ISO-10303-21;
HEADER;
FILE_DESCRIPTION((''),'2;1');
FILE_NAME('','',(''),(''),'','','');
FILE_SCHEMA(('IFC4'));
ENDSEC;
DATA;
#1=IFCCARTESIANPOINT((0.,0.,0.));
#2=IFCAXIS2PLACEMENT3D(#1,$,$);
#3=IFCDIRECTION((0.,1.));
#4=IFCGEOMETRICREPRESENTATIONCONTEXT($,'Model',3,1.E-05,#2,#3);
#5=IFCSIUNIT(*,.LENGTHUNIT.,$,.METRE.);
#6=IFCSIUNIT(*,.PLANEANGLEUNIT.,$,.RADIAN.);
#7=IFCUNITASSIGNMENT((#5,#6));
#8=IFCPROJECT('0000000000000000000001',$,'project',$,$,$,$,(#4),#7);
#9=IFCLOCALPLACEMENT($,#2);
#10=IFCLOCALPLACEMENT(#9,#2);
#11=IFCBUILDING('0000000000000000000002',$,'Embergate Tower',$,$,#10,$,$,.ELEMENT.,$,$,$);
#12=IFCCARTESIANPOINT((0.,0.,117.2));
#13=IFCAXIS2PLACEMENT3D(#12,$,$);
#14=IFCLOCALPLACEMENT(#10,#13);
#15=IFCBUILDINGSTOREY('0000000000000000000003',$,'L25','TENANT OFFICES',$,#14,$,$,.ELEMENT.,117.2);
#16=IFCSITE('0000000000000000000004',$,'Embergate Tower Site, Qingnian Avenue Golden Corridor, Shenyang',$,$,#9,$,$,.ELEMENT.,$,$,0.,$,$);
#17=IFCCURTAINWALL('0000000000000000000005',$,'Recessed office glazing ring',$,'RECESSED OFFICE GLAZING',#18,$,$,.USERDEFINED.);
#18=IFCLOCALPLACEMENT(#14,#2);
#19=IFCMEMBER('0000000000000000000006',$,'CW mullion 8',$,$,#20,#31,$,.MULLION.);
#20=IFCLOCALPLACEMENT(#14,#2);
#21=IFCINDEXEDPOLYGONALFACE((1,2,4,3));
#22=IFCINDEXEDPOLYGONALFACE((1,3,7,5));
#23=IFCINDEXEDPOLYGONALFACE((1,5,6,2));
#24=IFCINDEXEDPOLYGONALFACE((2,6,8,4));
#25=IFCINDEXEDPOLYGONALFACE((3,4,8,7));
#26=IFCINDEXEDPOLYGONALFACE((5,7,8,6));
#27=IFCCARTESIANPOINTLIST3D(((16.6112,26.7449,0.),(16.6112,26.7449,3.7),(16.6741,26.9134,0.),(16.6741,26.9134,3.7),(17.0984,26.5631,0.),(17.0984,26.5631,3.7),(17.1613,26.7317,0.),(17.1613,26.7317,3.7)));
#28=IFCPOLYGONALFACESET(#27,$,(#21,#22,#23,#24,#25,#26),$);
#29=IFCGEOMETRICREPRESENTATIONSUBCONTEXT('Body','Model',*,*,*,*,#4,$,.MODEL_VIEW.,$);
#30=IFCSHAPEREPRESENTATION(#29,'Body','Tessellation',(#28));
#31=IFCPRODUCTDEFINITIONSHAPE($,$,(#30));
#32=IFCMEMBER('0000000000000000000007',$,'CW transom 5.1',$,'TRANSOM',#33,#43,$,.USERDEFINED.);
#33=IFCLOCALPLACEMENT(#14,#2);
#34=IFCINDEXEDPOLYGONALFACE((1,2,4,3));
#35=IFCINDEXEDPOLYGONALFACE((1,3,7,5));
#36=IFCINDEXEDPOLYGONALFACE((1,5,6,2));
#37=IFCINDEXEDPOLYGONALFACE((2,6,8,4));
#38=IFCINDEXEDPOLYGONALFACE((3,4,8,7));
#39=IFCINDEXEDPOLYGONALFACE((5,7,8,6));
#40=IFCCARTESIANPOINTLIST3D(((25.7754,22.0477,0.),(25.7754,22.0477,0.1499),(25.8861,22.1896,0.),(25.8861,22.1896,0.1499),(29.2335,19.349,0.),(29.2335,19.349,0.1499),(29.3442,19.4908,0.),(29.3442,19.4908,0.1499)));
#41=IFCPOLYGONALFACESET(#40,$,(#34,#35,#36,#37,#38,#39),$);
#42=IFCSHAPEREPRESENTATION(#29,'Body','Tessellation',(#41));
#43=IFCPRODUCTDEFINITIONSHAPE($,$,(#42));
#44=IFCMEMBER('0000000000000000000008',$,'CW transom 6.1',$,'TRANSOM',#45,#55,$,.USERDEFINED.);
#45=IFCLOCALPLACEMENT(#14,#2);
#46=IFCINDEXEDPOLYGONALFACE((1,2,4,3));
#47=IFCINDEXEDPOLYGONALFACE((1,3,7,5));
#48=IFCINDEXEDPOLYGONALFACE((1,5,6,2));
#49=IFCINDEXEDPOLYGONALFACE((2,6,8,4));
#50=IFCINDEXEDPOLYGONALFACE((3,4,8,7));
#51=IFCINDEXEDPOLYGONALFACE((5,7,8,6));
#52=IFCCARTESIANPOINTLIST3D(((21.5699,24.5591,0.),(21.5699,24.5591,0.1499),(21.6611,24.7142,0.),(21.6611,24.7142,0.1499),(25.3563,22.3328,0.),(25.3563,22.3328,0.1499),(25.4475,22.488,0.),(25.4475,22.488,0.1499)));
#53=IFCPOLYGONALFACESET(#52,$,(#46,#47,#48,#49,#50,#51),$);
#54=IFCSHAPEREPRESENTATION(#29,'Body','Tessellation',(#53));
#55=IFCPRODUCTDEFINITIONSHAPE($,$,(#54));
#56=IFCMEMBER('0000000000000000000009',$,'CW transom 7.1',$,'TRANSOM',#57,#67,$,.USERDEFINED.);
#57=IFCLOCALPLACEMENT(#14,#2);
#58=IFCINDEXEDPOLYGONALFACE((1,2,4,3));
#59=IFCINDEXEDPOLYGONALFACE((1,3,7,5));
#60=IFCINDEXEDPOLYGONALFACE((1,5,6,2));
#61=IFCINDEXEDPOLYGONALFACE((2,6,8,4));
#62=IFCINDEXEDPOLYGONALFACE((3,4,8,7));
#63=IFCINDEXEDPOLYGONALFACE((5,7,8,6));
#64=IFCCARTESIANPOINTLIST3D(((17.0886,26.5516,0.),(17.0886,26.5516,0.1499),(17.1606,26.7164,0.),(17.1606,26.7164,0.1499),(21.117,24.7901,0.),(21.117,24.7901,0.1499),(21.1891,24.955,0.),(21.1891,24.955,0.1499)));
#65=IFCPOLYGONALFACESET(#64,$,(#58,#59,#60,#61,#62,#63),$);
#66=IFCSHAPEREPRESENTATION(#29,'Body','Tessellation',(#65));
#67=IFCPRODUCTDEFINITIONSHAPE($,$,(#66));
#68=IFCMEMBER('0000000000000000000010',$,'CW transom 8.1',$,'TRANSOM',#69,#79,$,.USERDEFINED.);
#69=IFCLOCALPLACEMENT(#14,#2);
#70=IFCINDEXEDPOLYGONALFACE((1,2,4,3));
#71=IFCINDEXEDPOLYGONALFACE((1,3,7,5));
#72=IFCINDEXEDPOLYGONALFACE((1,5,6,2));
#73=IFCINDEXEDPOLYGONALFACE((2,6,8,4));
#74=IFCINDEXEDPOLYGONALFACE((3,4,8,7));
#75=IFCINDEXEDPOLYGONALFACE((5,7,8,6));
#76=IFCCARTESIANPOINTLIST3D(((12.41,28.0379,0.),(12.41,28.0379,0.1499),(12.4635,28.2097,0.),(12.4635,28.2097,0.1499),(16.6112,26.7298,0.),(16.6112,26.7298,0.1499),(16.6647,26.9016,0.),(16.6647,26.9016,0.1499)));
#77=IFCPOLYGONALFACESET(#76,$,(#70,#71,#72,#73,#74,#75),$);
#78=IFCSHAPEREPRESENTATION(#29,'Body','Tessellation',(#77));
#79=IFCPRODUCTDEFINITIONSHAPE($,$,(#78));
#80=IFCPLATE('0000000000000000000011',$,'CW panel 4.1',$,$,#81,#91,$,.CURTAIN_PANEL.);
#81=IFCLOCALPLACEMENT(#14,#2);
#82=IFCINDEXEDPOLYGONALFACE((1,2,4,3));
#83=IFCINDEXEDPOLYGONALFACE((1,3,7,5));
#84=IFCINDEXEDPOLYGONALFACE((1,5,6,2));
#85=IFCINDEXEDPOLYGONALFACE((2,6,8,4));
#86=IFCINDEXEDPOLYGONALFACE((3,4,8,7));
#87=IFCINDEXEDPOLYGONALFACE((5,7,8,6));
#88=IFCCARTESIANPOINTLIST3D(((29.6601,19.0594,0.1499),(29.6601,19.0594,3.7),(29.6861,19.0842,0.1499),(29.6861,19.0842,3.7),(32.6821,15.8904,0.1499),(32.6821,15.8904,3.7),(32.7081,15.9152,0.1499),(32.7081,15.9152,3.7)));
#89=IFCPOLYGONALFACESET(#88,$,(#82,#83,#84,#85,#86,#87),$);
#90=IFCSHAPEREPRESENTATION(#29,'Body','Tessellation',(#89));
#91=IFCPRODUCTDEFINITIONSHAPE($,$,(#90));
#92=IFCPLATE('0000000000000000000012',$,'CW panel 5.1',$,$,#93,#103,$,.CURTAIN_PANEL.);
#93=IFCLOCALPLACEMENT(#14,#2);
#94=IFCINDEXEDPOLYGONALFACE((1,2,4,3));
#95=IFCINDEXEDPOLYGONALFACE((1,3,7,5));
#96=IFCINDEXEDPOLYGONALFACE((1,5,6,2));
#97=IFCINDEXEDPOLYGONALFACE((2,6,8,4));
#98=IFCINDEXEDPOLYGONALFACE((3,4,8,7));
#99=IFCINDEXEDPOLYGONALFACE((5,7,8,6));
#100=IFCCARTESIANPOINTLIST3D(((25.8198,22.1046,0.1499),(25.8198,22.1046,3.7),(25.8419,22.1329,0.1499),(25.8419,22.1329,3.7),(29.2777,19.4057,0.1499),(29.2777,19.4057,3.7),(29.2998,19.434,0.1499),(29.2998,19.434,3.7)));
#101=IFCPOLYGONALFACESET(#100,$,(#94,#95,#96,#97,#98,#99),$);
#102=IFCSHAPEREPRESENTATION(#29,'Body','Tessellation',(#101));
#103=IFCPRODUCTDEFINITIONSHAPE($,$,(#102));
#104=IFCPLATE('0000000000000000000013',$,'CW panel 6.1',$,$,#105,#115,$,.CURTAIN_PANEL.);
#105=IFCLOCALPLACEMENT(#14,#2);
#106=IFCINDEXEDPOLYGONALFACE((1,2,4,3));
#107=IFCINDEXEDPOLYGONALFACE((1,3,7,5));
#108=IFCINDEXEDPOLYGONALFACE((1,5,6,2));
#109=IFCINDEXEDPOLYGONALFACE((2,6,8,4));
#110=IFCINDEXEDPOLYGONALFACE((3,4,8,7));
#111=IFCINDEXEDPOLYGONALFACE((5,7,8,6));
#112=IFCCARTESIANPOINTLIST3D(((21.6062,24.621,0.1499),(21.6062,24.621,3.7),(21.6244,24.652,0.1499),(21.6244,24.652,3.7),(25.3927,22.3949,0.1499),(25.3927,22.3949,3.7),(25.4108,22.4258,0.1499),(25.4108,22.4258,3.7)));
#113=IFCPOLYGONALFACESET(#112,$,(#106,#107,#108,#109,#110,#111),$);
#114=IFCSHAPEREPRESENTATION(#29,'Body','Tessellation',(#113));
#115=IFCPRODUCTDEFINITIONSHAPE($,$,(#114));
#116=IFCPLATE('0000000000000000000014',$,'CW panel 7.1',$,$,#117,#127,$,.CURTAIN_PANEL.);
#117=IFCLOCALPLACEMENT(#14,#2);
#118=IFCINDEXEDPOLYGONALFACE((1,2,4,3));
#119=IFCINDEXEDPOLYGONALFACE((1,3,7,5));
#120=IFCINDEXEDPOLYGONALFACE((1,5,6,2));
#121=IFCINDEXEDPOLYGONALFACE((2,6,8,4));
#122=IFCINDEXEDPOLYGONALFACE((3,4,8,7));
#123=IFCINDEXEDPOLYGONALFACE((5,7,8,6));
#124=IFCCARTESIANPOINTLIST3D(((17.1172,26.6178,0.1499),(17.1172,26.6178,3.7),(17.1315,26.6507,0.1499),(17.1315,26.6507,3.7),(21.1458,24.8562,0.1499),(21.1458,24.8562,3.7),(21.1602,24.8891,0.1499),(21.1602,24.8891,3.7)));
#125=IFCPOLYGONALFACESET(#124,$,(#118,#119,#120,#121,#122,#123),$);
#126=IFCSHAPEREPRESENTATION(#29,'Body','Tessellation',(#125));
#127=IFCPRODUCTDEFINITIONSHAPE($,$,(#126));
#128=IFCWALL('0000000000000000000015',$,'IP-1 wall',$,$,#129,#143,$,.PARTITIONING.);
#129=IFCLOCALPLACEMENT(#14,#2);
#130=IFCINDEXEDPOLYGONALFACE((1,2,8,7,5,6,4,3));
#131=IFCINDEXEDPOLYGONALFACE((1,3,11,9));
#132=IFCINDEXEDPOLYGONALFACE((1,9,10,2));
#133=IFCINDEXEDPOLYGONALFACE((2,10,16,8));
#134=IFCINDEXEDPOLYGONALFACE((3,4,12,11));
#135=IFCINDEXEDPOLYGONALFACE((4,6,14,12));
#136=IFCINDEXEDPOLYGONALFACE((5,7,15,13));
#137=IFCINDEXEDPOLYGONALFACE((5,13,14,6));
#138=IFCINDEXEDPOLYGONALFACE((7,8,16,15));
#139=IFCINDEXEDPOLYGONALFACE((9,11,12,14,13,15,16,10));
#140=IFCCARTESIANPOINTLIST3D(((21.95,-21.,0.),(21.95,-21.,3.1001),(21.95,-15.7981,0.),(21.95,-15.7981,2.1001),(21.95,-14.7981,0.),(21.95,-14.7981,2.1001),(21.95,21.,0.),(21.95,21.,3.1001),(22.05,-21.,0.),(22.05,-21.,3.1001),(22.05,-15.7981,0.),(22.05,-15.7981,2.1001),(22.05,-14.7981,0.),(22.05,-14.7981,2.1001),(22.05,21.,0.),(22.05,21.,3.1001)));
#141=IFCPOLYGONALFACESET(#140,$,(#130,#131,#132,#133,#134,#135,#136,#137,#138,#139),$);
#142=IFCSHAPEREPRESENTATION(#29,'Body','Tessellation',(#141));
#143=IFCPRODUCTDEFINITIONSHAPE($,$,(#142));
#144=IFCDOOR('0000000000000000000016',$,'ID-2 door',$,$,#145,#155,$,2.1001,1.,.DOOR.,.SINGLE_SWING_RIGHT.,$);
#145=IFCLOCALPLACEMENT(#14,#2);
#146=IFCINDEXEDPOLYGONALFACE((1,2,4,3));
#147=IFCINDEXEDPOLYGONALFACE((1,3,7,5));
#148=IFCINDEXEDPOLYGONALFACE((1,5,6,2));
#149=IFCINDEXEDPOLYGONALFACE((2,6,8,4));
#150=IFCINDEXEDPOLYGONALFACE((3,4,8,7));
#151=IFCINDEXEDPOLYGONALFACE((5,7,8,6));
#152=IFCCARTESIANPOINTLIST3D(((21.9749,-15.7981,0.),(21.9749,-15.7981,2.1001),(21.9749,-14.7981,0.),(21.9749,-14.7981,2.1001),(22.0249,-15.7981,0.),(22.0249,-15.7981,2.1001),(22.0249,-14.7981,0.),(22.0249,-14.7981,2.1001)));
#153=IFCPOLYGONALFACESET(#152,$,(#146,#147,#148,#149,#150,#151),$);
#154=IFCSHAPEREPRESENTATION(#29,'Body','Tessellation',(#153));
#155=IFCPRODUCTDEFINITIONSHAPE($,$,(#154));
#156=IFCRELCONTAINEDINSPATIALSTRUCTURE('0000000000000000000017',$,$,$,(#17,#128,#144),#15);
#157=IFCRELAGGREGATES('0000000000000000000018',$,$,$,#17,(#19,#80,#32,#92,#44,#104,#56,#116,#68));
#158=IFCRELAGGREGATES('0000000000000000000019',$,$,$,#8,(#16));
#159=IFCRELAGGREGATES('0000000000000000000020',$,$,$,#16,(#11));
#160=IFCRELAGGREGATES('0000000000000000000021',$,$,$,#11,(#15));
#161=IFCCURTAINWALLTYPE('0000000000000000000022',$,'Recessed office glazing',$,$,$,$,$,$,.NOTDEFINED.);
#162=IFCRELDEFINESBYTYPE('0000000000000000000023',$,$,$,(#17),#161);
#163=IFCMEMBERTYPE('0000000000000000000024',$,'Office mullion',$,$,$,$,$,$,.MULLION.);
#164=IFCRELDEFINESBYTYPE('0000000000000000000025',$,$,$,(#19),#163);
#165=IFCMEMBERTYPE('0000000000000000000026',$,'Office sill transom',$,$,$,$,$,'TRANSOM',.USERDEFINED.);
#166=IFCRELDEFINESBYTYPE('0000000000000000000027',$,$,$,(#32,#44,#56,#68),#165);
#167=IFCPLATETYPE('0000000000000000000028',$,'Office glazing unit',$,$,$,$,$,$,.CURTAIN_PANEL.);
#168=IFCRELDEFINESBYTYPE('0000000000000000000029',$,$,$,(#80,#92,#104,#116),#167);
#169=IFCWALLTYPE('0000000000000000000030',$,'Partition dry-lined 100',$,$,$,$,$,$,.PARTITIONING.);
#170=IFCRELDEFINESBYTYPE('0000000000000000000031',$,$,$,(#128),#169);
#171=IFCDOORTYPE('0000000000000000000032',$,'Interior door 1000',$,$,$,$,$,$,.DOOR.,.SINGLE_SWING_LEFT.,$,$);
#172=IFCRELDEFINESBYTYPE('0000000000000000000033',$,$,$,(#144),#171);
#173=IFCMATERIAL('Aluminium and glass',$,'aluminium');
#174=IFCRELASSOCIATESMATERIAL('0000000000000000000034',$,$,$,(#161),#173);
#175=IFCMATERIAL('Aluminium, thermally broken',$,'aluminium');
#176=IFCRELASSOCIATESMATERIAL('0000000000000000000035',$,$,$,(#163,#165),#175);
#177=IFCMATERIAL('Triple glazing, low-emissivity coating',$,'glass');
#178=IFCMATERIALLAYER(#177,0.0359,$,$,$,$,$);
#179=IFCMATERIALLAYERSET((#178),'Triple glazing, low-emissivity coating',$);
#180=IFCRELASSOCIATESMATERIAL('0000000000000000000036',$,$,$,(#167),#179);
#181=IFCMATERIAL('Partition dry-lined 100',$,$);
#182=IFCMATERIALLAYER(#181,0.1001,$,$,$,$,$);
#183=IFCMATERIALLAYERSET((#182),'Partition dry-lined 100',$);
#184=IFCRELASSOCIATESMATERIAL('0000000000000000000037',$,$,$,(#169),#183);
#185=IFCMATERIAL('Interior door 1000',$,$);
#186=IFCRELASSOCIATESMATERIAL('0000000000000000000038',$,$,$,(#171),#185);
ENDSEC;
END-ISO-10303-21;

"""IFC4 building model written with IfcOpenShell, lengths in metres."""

from ifc_helpers import new_model, si_unit, direction, frame, frame_2d, origin, origin_2d, place, context, subcontext, project, spatial, rectangle, extrude, source, transform, mapped, material, layer, layer_set, material_profile, profile_set, type_object, element, fill, aggregate, save


model = new_model("IFC4")

# Units and contexts
model_context = context("Model", 3, precision=1e-05, world=origin(), true_north=direction((0.0, 1.0)))
body_context = subcontext(model_context, "Body", "Model", "MODEL_VIEW")
ifc_project = project(units=[si_unit("LENGTHUNIT", "METRE"), si_unit("PLANEANGLEUNIT", "RADIAN")], contexts=[model_context])

# Site, building, storey
site_placement = place(None, origin())
site = spatial("IfcSite", under=ifc_project, at=site_placement, Name="Embergate Tower Site, Qingnian Avenue Golden Corridor, Shenyang", CompositionType="ELEMENT", RefElevation=0.0)
building_placement = place(site_placement, origin())
building = spatial("IfcBuilding", under=site, at=building_placement, Name="Embergate Tower", CompositionType="ELEMENT")
storey_placement = place(building_placement, frame((0.0, 0.0, 117.2)))
storey = spatial("IfcBuildingStorey", under=building, at=storey_placement, Name="L25", Description="TENANT OFFICES", CompositionType="ELEMENT", Elevation=117.2)

# Curtain wall, members, plates
ifc_material_1 = material(Name="Aluminium and glass", Category="aluminium")
curtain_wall_type = type_object("IfcCurtainWallType", Name="Recessed office glazing", PredefinedType="NOTDEFINED", material=ifc_material_1)
curtain_wall_placement = place(storey_placement, origin())
curtain_wall = element("IfcCurtainWall", 1, at=curtain_wall_placement, inside=storey, type_object=curtain_wall_type, Name="Recessed office glazing ring", ObjectType="RECESSED OFFICE GLAZING", PredefinedType="USERDEFINED")
ifc_material_2 = material(Name="Aluminium, thermally broken", Category="aluminium")
ifc_material_profile_1 = material_profile(ifc_material_2, rectangle(XDim=0.1799, YDim=0.52, at=origin_2d()), Name="AL 520x180")
ifc_profile_set_1 = profile_set([ifc_material_profile_1], Name="Aluminium, thermally broken")
member_type_1 = type_object("IfcMemberType", Name="Office mullion", PredefinedType="MULLION", material=ifc_profile_set_1)
shared_shape_1 = source(origin(), body_context, "Body", "SweptSolid", [
    extrude(rectangle(XDim=0.1799, YDim=0.52, at=origin_2d()), origin(), (0.0, 0.0, 1.0), 3.7),
])
member_1_placement = place(storey_placement, frame((16.8862, 26.7383, 0.0), z_axis=(0.0, 0.0, 1.0), x_axis=(-0.349506, -0.936934, 0.0)))
member_1 = element("IfcMember", 2, at=member_1_placement, type_object=member_type_1, Name="CW mullion 8", PredefinedType="MULLION", context=body_context, shape_type="MappedRepresentation", body=[
    mapped(shared_shape_1, transform((0.0, 0.0, 0.0))),
])
ifc_material_profile_2 = material_profile(ifc_material_2, rectangle(XDim=0.1799, YDim=0.1499, at=origin_2d()), Name="AL 150x180")
ifc_profile_set_2 = profile_set([ifc_material_profile_2], Name="Aluminium, thermally broken")
member_type_2 = type_object("IfcMemberType", Name="Office sill transom", ElementType="TRANSOM", PredefinedType="USERDEFINED", material=ifc_profile_set_2)
shared_shape_2 = source(origin(), body_context, "Body", "SweptSolid", [
    extrude(rectangle(XDim=0.1799, YDim=0.1499, at=origin_2d()), origin(), (0.0, 0.0, 1.0), 4.3865),
])
member_2_placement = place(storey_placement, frame((29.2888, 19.4199, 0.075), z_axis=(-0.788338, 0.615242, 0.0), x_axis=(-0.615242, -0.788338, 0.0)))
member_2 = element("IfcMember", 3, at=member_2_placement, type_object=member_type_2, Name="CW transom 5.1", ObjectType="TRANSOM", PredefinedType="USERDEFINED", context=body_context, shape_type="MappedRepresentation", body=[
    mapped(shared_shape_2, transform((0.0, 0.0, 0.0))),
])
shared_shape_3 = source(origin(), body_context, "Body", "SweptSolid", [
    extrude(rectangle(XDim=0.1799, YDim=0.1499, at=origin_2d()), origin(), (0.0, 0.0, 1.0), 4.3923),
])
member_3_placement = place(storey_placement, frame((25.4019, 22.4104, 0.075), z_axis=(-0.86203, 0.506857, 0.0), x_axis=(-0.506857, -0.86203, 0.0)))
member_3 = element("IfcMember", 4, at=member_3_placement, type_object=member_type_2, Name="CW transom 6.1", ObjectType="TRANSOM", PredefinedType="USERDEFINED", context=body_context, shape_type="MappedRepresentation", body=[
    mapped(shared_shape_3, transform((0.0, 0.0, 0.0))),
])
shared_shape_4 = source(origin(), body_context, "Body", "SweptSolid", [
    extrude(rectangle(XDim=0.1799, YDim=0.1499, at=origin_2d()), origin(), (0.0, 0.0, 1.0), 4.3967),
])
member_4_placement = place(storey_placement, frame((21.1531, 24.8726, 0.075), z_axis=(-0.916243, 0.400624, 0.0), x_axis=(-0.400624, -0.916243, 0.0)))
member_4 = element("IfcMember", 5, at=member_4_placement, type_object=member_type_2, Name="CW transom 7.1", ObjectType="TRANSOM", PredefinedType="USERDEFINED", context=body_context, shape_type="MappedRepresentation", body=[
    mapped(shared_shape_4, transform((0.0, 0.0, 0.0))),
])
shared_shape_5 = source(origin(), body_context, "Body", "SweptSolid", [
    extrude(rectangle(XDim=0.1799, YDim=0.1499, at=origin_2d()), origin(), (0.0, 0.0, 1.0), 4.4001),
])
member_5_placement = place(storey_placement, frame((16.6379, 26.8157, 0.075), z_axis=(-0.954788, 0.297289, 0.0), x_axis=(-0.297289, -0.954788, 0.0)))
member_5 = element("IfcMember", 6, at=member_5_placement, type_object=member_type_2, Name="CW transom 8.1", ObjectType="TRANSOM", PredefinedType="USERDEFINED", context=body_context, shape_type="MappedRepresentation", body=[
    mapped(shared_shape_5, transform((0.0, 0.0, 0.0))),
])
ifc_material_3 = material(Name="Triple glazing, low-emissivity coating", Category="glass")
ifc_layer_1 = layer(ifc_material_3, 0.0359)
ifc_layer_set_1 = layer_set([ifc_layer_1], Name="Triple glazing, low-emissivity coating")
plate_type = type_object("IfcPlateType", Name="Office glazing unit", PredefinedType="CURTAIN_PANEL", material=ifc_layer_set_1)
shared_shape_6 = source(origin(), body_context, "Body", "SweptSolid", [
    extrude(rectangle(XDim=4.3789, YDim=0.0359, at=origin_2d()), origin(), (0.0, 0.0, 1.0), 3.55),
])
plate_1_placement = place(storey_placement, frame((31.1841, 17.4873, 0.1499), z_axis=(0.0, 0.0, 1.0), x_axis=(-0.69013, 0.723685, 0.0)))
plate_1 = element("IfcPlate", 7, at=plate_1_placement, type_object=plate_type, Name="CW panel 4.1", PredefinedType="CURTAIN_PANEL", context=body_context, shape_type="MappedRepresentation", body=[
    mapped(shared_shape_6, transform((0.0, 0.0, 0.0))),
])
shared_shape_7 = source(origin(), body_context, "Body", "SweptSolid", [
    extrude(rectangle(XDim=4.3865, YDim=0.0359, at=origin_2d()), origin(), (0.0, 0.0, 1.0), 3.55),
])
plate_2_placement = place(storey_placement, frame((27.5598, 20.7693, 0.1499), z_axis=(0.0, 0.0, 1.0), x_axis=(-0.788317, 0.615269, 0.0)))
plate_2 = element("IfcPlate", 8, at=plate_2_placement, type_object=plate_type, Name="CW panel 5.1", PredefinedType="CURTAIN_PANEL", context=body_context, shape_type="MappedRepresentation", body=[
    mapped(shared_shape_7, transform((0.0, 0.0, 0.0))),
])
shared_shape_8 = source(origin(), body_context, "Body", "SweptSolid", [
    extrude(rectangle(XDim=4.3923, YDim=0.0359, at=origin_2d()), origin(), (0.0, 0.0, 1.0), 3.55),
])
plate_3_placement = place(storey_placement, frame((23.5085, 23.5234, 0.1499), z_axis=(0.0, 0.0, 1.0), x_axis=(-0.862051, 0.506822, 0.0)))
plate_3 = element("IfcPlate", 9, at=plate_3_placement, type_object=plate_type, Name="CW panel 6.1", PredefinedType="CURTAIN_PANEL", context=body_context, shape_type="MappedRepresentation", body=[
    mapped(shared_shape_8, transform((0.0, 0.0, 0.0))),
])
shared_shape_9 = source(origin(), body_context, "Body", "SweptSolid", [
    extrude(rectangle(XDim=4.397, YDim=0.0359, at=origin_2d()), origin(), (0.0, 0.0, 1.0), 3.55),
])
plate_4_placement = place(storey_placement, frame((19.1387, 25.7534, 0.1499), z_axis=(0.0, 0.0, 1.0), x_axis=(-0.916234, 0.400643, 0.0)))
plate_4 = element("IfcPlate", 10, at=plate_4_placement, type_object=plate_type, Name="CW panel 7.1", PredefinedType="CURTAIN_PANEL", context=body_context, shape_type="MappedRepresentation", body=[
    mapped(shared_shape_9, transform((0.0, 0.0, 0.0))),
])
aggregate(curtain_wall, [member_1, plate_1, member_2, plate_2, member_3, plate_3, member_4, plate_4, member_5])

# Wall, opening, door
ifc_material_4 = material(Name="Partition dry-lined 100")
ifc_layer_2 = layer(ifc_material_4, 0.1001)
ifc_layer_set_2 = layer_set([ifc_layer_2], Name="Partition dry-lined 100")
wall_type = type_object("IfcWallType", Name="Partition dry-lined 100", PredefinedType="PARTITIONING", material=ifc_layer_set_2)
shared_shape_10 = source(origin(), body_context, "Body", "SweptSolid", [
    extrude(rectangle(XDim=42.0, YDim=0.1001, at=frame_2d((21.0, 0.0))), origin(), (0.0, 0.0, 1.0), 3.1001),
])
wall_placement = place(storey_placement, frame((22.0, 21.0, 0.0), z_axis=(0.0, 0.0, 1.0), x_axis=(0.0, -1.0, 0.0)))
wall = element("IfcWall", 11, at=wall_placement, inside=storey, type_object=wall_type, Name="IP-1 wall", PredefinedType="PARTITIONING", context=body_context, shape_type="MappedRepresentation", body=[
    mapped(shared_shape_10, transform((0.0, 0.0, 0.0))),
])
shared_shape_11 = source(origin(), body_context, "Body", "SweptSolid", [
    extrude(rectangle(XDim=1.0, YDim=2.1001, at=frame_2d((0.5, 1.05))), frame((0.0, 0.0601, 0.0), z_axis=(0.0, -1.0, 0.0), x_axis=(1.0, 0.0, 0.0)), (0.0, 0.0, 1.0), 0.1201),
])
opening_placement = place(wall_placement, frame((35.7981, 0.0, 0.0)))
opening = element("IfcOpeningElement", 12, at=opening_placement, cuts=wall, PredefinedType="OPENING", context=body_context, shape_type="MappedRepresentation", body=[
    mapped(shared_shape_11, transform((0.0, 0.0, 0.0))),
])
ifc_material_5 = material(Name="Interior door 1000")
door_type = type_object("IfcDoorType", Name="Interior door 1000", OperationType="SINGLE_SWING_LEFT", PredefinedType="DOOR", material=ifc_material_5)
shared_shape_12 = source(origin(), body_context, "Body", "SweptSolid", [
    extrude(rectangle(XDim=1.0, YDim=2.1001, at=frame_2d((0.5, 1.05))), frame((0.0, 0.0249, 0.0), z_axis=(0.0, -1.0, 0.0), x_axis=(1.0, 0.0, 0.0)), (0.0, 0.0, 1.0), 0.05),
])
door_placement = place(opening_placement, origin())
door = element("IfcDoor", 13, at=door_placement, inside=storey, type_object=door_type, Name="ID-2 door", OperationType="SINGLE_SWING_RIGHT", OverallHeight=2.1001, OverallWidth=1.0, PredefinedType="DOOR", context=body_context, shape_type="MappedRepresentation", body=[
    mapped(shared_shape_12, transform((0.0, 0.0, 0.0))),
])
fill(opening, door)

save(model, "model.ifc")
